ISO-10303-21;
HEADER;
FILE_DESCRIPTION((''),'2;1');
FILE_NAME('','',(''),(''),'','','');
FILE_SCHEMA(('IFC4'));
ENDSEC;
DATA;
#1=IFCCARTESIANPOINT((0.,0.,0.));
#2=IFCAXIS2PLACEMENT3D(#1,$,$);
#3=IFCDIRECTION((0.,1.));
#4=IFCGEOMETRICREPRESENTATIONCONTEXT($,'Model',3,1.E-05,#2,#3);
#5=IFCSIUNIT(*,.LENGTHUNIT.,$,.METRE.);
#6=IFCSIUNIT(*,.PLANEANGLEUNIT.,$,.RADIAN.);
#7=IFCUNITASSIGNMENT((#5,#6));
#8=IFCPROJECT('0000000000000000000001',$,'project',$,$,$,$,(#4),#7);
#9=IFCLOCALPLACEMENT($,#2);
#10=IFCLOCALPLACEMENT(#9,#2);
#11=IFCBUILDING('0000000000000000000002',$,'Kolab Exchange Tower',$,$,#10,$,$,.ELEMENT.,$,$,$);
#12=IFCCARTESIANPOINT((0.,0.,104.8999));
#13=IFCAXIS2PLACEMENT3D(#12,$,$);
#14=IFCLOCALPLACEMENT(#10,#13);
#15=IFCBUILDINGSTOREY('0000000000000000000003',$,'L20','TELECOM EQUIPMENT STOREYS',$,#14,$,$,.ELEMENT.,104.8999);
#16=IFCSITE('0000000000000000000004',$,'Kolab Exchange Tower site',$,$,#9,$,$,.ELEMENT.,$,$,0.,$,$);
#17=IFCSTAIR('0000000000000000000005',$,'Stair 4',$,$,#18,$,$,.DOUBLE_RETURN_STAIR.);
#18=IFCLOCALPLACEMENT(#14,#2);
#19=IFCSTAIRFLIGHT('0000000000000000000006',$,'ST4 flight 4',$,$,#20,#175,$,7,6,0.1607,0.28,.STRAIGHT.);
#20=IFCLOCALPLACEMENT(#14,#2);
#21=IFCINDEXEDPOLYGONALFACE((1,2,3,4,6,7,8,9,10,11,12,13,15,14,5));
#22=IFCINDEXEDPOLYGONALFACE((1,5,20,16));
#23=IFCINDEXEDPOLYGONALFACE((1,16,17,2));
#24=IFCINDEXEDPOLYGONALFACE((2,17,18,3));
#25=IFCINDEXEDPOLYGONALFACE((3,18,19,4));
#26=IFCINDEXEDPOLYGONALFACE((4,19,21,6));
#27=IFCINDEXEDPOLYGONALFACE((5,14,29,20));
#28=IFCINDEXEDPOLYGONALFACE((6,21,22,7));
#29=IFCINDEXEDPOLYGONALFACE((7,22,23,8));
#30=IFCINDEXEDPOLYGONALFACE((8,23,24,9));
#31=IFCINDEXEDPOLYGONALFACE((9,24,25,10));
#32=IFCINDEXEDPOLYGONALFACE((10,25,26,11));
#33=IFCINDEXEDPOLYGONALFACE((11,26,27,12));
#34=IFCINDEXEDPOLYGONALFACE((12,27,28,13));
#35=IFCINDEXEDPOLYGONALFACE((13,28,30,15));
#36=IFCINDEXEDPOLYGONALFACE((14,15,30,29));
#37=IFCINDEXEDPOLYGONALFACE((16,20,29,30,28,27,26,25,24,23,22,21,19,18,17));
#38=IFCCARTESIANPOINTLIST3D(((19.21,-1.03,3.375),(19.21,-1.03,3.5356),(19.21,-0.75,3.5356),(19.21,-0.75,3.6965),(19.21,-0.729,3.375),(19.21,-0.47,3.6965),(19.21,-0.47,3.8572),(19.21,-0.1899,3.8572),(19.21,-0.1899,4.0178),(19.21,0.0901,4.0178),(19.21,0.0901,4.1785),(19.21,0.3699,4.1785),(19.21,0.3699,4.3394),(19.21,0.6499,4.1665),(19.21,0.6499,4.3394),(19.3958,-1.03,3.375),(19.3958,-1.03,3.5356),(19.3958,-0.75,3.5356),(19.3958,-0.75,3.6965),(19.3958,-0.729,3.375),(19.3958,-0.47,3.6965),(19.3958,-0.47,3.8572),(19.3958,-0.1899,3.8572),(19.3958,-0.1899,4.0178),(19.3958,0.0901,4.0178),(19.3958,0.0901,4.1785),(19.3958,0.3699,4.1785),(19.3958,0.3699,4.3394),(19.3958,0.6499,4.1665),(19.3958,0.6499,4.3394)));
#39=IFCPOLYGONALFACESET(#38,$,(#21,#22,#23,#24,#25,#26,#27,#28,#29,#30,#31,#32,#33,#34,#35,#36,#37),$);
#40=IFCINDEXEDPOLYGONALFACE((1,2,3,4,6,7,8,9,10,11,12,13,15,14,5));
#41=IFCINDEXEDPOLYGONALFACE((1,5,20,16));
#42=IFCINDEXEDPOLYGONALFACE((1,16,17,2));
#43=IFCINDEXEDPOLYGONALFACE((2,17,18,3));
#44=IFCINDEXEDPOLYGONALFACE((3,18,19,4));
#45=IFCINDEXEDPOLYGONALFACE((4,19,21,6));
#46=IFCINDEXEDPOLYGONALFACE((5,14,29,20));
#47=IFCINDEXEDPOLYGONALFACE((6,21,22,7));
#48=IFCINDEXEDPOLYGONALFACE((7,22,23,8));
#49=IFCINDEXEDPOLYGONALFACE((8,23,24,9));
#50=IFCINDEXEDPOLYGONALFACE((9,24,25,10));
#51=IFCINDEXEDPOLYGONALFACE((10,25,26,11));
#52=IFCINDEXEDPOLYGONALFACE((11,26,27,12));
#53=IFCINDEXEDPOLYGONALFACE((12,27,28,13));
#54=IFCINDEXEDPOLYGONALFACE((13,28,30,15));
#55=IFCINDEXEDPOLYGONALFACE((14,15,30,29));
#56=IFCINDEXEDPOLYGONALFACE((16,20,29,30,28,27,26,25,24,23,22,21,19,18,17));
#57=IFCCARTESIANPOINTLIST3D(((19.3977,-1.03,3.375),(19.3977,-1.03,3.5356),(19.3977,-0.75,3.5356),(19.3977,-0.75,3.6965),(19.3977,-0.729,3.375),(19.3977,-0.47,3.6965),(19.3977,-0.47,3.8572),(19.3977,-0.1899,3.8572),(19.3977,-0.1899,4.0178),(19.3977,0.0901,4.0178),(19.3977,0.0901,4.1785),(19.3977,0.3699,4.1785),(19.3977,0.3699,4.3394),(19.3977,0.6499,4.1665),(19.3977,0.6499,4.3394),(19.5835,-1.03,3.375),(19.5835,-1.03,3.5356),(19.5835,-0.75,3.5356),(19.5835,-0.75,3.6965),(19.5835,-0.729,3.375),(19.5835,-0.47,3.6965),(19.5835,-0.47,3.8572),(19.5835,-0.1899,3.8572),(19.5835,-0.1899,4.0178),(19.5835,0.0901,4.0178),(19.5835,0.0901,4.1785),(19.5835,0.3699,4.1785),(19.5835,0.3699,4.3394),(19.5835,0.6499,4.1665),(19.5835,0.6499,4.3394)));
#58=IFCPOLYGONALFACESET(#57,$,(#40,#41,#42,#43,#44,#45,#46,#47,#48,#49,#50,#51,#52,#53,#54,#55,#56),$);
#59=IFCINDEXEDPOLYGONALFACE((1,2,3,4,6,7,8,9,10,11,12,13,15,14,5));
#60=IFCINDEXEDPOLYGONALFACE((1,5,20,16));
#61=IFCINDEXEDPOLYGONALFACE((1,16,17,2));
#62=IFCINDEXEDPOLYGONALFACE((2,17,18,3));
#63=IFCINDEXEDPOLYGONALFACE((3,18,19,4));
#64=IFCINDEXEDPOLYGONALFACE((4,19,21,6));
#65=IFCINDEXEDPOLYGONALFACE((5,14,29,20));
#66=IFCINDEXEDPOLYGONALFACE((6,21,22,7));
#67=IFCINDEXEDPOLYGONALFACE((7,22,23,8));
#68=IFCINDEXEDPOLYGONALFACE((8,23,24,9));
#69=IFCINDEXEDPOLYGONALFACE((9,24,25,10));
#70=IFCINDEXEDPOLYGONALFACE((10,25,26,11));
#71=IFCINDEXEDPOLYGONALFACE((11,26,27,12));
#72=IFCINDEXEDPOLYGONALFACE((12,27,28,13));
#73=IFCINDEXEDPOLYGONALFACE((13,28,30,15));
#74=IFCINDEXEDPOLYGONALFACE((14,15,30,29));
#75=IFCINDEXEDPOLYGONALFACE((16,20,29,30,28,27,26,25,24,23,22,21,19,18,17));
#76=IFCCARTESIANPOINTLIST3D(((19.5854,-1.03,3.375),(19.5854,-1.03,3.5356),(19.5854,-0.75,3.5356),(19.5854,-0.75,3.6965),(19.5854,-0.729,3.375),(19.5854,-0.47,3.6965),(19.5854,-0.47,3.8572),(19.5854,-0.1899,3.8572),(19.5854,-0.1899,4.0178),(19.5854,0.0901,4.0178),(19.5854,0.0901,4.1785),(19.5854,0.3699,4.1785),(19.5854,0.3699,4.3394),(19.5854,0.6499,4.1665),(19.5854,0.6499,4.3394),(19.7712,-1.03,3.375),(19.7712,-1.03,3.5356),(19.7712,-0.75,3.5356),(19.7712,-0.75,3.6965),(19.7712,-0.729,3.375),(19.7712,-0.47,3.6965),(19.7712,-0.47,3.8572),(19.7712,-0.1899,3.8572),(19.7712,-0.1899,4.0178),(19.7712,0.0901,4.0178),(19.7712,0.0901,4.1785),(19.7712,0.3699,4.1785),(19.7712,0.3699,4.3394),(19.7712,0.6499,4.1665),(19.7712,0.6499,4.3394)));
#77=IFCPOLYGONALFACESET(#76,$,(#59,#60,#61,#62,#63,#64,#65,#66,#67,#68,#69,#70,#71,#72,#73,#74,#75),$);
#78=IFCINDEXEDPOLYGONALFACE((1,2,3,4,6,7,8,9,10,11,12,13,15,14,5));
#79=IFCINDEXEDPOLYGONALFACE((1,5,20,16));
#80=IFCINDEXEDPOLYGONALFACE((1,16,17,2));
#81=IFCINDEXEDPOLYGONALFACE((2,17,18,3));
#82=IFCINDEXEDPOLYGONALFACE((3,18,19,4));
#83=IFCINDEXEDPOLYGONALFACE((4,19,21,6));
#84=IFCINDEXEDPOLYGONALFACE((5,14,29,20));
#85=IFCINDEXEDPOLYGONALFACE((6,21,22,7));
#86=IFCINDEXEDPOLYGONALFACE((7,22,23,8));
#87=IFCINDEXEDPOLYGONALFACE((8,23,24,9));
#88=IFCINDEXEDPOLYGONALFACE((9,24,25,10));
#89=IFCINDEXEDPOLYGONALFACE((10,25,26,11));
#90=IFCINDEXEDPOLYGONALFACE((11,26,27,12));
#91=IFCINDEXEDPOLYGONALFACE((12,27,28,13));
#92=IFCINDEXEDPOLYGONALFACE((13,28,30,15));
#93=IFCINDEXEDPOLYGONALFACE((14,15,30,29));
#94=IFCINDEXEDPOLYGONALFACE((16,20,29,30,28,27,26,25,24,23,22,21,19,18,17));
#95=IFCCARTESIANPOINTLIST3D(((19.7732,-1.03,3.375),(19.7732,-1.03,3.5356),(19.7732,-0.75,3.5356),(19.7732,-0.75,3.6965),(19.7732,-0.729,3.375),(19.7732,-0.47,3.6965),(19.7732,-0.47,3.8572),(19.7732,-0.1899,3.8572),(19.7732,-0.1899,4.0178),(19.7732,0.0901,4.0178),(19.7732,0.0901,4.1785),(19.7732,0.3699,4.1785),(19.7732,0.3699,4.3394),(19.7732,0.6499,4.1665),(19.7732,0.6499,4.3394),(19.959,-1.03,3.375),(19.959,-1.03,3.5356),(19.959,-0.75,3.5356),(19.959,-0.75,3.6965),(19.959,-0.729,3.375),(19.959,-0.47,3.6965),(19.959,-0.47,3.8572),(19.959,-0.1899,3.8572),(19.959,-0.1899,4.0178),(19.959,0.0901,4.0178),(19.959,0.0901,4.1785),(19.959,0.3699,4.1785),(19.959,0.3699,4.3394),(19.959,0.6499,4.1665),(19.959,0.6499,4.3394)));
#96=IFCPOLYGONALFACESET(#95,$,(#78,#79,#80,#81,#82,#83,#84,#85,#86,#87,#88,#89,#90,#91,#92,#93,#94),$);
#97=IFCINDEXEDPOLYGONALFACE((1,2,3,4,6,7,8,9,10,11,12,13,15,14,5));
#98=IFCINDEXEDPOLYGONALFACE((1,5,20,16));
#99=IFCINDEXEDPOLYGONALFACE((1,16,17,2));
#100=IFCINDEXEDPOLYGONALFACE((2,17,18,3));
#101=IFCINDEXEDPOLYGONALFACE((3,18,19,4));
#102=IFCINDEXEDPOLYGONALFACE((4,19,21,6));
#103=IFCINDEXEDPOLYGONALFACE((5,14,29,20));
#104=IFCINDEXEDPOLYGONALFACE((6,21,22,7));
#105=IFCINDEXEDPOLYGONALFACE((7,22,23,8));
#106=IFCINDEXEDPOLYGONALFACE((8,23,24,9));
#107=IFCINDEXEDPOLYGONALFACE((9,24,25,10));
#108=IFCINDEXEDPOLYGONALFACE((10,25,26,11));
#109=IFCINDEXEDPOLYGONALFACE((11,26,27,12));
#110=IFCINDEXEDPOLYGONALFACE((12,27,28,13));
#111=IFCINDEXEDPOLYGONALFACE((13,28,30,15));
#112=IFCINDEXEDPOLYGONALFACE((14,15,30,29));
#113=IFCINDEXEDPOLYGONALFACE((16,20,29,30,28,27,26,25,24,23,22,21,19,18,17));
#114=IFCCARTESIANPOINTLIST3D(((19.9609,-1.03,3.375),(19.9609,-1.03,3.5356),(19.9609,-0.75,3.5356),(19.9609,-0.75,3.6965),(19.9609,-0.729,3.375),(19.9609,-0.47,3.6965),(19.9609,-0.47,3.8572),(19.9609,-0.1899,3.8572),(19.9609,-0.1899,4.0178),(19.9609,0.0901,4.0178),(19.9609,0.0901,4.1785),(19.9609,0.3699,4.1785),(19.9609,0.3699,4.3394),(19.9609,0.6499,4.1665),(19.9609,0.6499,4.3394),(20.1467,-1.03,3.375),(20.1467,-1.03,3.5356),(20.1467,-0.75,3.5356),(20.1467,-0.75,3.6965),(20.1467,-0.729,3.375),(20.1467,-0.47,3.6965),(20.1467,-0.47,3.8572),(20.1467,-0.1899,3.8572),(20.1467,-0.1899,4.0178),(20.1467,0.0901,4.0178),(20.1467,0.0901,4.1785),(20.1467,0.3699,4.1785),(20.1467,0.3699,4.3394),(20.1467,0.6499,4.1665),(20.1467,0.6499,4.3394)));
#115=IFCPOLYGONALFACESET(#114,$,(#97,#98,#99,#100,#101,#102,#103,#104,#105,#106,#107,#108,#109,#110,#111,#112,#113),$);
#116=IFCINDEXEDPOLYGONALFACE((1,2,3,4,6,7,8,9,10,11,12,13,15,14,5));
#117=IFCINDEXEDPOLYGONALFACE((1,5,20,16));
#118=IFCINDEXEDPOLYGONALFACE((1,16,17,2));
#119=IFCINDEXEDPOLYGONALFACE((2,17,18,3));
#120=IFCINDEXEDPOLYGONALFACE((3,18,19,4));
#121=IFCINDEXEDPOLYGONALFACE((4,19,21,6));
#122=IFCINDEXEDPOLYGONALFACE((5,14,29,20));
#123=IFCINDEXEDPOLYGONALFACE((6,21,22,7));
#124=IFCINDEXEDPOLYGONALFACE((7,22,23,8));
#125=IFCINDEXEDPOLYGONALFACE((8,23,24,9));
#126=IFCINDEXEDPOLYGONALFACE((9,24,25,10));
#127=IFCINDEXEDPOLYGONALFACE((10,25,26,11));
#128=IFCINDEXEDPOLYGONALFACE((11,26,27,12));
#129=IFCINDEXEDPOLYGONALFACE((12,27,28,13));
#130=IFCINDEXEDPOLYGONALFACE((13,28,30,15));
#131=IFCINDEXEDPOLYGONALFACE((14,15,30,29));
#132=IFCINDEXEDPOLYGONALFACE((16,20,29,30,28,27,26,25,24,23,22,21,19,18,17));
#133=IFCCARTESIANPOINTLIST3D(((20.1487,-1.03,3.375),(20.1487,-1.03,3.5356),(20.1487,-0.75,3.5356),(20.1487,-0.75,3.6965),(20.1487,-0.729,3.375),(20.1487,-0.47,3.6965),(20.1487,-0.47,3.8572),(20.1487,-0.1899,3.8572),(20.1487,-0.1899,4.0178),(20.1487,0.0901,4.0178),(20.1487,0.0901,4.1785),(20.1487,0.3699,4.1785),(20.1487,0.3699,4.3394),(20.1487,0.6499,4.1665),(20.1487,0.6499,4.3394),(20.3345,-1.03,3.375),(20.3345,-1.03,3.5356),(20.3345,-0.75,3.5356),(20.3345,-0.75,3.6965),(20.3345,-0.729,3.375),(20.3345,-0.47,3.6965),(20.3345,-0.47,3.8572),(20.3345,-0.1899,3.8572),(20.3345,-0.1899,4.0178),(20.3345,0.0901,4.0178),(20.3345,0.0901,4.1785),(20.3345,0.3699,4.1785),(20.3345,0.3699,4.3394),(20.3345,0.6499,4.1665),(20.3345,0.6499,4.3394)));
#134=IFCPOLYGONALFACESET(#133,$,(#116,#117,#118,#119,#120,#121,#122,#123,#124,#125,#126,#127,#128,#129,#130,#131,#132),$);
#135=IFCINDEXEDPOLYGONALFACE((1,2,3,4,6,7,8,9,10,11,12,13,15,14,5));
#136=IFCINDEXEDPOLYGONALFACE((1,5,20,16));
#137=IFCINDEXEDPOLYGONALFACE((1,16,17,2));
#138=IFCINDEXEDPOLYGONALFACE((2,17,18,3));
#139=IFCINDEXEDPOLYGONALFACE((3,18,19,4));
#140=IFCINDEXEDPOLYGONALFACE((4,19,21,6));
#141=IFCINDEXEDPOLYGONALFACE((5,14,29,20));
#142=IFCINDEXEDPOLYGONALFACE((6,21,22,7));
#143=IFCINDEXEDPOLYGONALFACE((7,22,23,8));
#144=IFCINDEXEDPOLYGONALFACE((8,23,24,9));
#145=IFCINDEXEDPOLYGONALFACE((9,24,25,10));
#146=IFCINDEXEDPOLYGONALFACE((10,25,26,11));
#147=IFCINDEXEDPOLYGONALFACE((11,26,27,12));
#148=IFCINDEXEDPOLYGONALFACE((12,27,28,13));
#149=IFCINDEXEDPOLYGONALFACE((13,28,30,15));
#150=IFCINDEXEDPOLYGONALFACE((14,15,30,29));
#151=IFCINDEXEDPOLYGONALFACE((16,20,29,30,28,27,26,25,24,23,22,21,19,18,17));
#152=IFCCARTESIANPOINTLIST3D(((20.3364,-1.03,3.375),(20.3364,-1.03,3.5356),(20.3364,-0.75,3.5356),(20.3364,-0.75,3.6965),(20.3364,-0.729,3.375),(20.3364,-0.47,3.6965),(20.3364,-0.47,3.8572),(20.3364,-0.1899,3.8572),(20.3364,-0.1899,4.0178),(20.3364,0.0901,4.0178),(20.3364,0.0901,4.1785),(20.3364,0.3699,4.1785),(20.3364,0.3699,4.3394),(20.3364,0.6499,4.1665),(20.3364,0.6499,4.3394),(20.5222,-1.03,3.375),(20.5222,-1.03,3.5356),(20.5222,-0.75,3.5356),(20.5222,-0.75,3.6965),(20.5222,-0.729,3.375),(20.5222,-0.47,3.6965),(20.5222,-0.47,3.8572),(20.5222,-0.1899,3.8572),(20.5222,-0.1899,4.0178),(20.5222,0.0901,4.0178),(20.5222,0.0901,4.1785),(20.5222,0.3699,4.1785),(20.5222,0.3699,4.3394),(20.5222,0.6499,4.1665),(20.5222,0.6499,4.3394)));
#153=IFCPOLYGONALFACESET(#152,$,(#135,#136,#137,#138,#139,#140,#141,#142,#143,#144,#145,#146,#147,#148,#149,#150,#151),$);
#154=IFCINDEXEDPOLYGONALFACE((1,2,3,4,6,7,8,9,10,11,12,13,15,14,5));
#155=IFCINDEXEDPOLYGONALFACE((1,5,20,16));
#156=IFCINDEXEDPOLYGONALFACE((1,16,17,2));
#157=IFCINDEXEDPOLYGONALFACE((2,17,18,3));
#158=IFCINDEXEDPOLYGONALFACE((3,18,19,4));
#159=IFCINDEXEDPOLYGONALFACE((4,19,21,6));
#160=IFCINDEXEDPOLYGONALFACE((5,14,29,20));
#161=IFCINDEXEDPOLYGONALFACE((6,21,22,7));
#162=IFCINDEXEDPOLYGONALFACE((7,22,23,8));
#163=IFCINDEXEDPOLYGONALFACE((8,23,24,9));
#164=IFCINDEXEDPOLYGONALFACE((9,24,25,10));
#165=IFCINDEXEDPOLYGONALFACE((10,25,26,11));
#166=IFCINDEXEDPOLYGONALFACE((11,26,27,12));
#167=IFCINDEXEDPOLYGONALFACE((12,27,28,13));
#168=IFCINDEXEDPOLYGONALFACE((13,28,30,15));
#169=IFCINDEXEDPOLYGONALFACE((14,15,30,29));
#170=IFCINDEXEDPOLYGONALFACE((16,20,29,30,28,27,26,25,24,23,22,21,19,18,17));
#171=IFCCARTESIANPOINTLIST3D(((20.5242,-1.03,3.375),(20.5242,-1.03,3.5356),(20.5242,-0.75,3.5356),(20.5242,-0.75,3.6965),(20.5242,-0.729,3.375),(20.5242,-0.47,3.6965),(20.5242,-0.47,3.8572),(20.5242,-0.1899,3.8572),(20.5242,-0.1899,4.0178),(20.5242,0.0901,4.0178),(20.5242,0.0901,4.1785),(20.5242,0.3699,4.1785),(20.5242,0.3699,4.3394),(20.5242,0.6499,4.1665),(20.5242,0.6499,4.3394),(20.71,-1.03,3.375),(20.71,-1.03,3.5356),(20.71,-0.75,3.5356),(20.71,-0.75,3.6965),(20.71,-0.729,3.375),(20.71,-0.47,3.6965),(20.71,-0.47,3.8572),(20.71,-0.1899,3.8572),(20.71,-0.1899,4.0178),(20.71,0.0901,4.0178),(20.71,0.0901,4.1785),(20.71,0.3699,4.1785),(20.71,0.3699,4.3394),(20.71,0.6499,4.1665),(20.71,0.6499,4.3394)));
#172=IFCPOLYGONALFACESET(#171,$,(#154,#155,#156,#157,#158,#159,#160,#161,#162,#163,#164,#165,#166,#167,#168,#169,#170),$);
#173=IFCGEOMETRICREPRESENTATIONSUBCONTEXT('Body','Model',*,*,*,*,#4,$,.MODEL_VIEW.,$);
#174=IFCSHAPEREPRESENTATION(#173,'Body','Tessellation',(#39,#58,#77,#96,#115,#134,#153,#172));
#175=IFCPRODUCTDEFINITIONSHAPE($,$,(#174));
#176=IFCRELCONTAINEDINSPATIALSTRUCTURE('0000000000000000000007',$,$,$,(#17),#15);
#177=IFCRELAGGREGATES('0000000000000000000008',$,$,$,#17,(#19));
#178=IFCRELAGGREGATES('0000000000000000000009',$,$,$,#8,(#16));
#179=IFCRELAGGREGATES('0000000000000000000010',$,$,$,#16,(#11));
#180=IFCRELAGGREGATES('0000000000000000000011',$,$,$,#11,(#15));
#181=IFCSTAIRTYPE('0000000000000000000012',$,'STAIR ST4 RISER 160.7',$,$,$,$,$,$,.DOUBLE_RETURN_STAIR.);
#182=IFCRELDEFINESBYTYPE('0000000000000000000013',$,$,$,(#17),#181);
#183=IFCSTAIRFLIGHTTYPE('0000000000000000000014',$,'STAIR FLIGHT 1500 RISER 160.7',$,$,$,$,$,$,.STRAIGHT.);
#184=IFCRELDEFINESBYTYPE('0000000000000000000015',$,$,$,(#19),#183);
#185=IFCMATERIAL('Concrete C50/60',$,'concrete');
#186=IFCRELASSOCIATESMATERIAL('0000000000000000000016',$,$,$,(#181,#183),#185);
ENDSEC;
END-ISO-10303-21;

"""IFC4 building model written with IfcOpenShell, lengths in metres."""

from ifc_helpers import new_model, si_unit, direction, frame, origin, place, context, subcontext, project, spatial, polyline, outline, extrude, material, type_object, element, aggregate, save


model = new_model("IFC4")

# Units and contexts
model_context = context("Model", 3, precision=1e-05, world=origin(), true_north=direction((0.0, 1.0)))
body_context = subcontext(model_context, "Body", "Model", "MODEL_VIEW")
ifc_project = project(units=[si_unit("LENGTHUNIT", "METRE"), si_unit("PLANEANGLEUNIT", "RADIAN")], contexts=[model_context])

# Site, building, storey
site_placement = place(None, origin())
site = spatial("IfcSite", under=ifc_project, at=site_placement, Name="Kolab Exchange Tower site", CompositionType="ELEMENT", RefElevation=0.0)
building_placement = place(site_placement, origin())
building = spatial("IfcBuilding", under=site, at=building_placement, Name="Kolab Exchange Tower", CompositionType="ELEMENT")
storey_placement = place(building_placement, frame((0.0, 0.0, 104.8999)))
storey = spatial("IfcBuildingStorey", under=building, at=storey_placement, Name="L20", Description="TELECOM EQUIPMENT STOREYS", CompositionType="ELEMENT", Elevation=104.8999)

# Shared definitions
ifc_material_1 = material(Name="Concrete C50/60", Category="concrete")

# Stair, stair flight
stair_type = type_object("IfcStairType", Name="STAIR ST4 RISER 160.7", PredefinedType="DOUBLE_RETURN_STAIR", material=ifc_material_1)
stair_placement = place(storey_placement, origin())
stair = element("IfcStair", 1, at=stair_placement, inside=storey, type_object=stair_type, Name="Stair 4", PredefinedType="DOUBLE_RETURN_STAIR")
stair_flight_type = type_object("IfcStairFlightType", Name="STAIR FLIGHT 1500 RISER 160.7", PredefinedType="STRAIGHT", material=ifc_material_1)
stair_flight_1_placement = place(storey_placement, frame((19.96, -1.03, 3.375), z_axis=(0.0, 0.0, 1.0), x_axis=(0.0, 1.0, 0.0)))
stair_flight_1 = element("IfcStairFlight", 2, at=stair_flight_1_placement, type_object=stair_flight_type, Name="ST4 flight 4", NumberOfRisers=7, NumberOfTreads=6, PredefinedType="STRAIGHT", RiserHeight=0.1607, TreadLength=0.28, context=body_context, shape_type="SweptSolid", body=[
    extrude(outline(polyline([(0.0, 0.0), (0.0, 0.1606), (0.28, 0.1606), (0.28, 0.3215), (0.5601, 0.3215), (0.5601, 0.4822), (0.8401, 0.4822), (0.8401, 0.6428), (1.1201, 0.6428), (1.1201, 0.8035), (1.3999, 0.8035), (1.3999, 0.9644), (1.6799, 0.9644), (1.6799, 1.125), (1.6799, 0.7915), (0.301, 0.0), (0.0, 0.0)])), frame((0.0, 0.75, 0.0), z_axis=(0.0, -1.0, 0.0), x_axis=(1.0, 0.0, 0.0)), (0.0, 0.0, 1.0), 0.1858),
    extrude(outline(polyline([(0.0, 0.0), (0.0, 0.1606), (0.28, 0.1606), (0.28, 0.3215), (0.5601, 0.3215), (0.5601, 0.4822), (0.8401, 0.4822), (0.8401, 0.6428), (1.1201, 0.6428), (1.1201, 0.8035), (1.3999, 0.8035), (1.3999, 0.9644), (1.6799, 0.9644), (1.6799, 1.125), (1.6799, 0.7915), (0.301, 0.0), (0.0, 0.0)])), frame((0.0, 0.5623, 0.0), z_axis=(0.0, -1.0, 0.0), x_axis=(1.0, 0.0, 0.0)), (0.0, 0.0, 1.0), 0.1858),
    extrude(outline(polyline([(0.0, 0.0), (0.0, 0.1606), (0.28, 0.1606), (0.28, 0.3215), (0.5601, 0.3215), (0.5601, 0.4822), (0.8401, 0.4822), (0.8401, 0.6428), (1.1201, 0.6428), (1.1201, 0.8035), (1.3999, 0.8035), (1.3999, 0.9644), (1.6799, 0.9644), (1.6799, 1.125), (1.6799, 0.7915), (0.301, 0.0), (0.0, 0.0)])), frame((0.0, 0.3745, 0.0), z_axis=(0.0, -1.0, 0.0), x_axis=(1.0, 0.0, 0.0)), (0.0, 0.0, 1.0), 0.1858),
    extrude(outline(polyline([(0.0, 0.0), (0.0, 0.1606), (0.28, 0.1606), (0.28, 0.3215), (0.5601, 0.3215), (0.5601, 0.4822), (0.8401, 0.4822), (0.8401, 0.6428), (1.1201, 0.6428), (1.1201, 0.8035), (1.3999, 0.8035), (1.3999, 0.9644), (1.6799, 0.9644), (1.6799, 1.125), (1.6799, 0.7915), (0.301, 0.0), (0.0, 0.0)])), frame((0.0, 0.1868, 0.0), z_axis=(0.0, -1.0, 0.0), x_axis=(1.0, 0.0, 0.0)), (0.0, 0.0, 1.0), 0.1858),
    extrude(outline(polyline([(0.0, 0.0), (0.0, 0.1606), (0.28, 0.1606), (0.28, 0.3215), (0.5601, 0.3215), (0.5601, 0.4822), (0.8401, 0.4822), (0.8401, 0.6428), (1.1201, 0.6428), (1.1201, 0.8035), (1.3999, 0.8035), (1.3999, 0.9644), (1.6799, 0.9644), (1.6799, 1.125), (1.6799, 0.7915), (0.301, 0.0), (0.0, 0.0)])), frame((0.0, -0.001, 0.0), z_axis=(0.0, -1.0, 0.0), x_axis=(1.0, 0.0, 0.0)), (0.0, 0.0, 1.0), 0.1858),
    extrude(outline(polyline([(0.0, 0.0), (0.0, 0.1606), (0.28, 0.1606), (0.28, 0.3215), (0.5601, 0.3215), (0.5601, 0.4822), (0.8401, 0.4822), (0.8401, 0.6428), (1.1201, 0.6428), (1.1201, 0.8035), (1.3999, 0.8035), (1.3999, 0.9644), (1.6799, 0.9644), (1.6799, 1.125), (1.6799, 0.7915), (0.301, 0.0), (0.0, 0.0)])), frame((0.0, -0.1887, 0.0), z_axis=(0.0, -1.0, 0.0), x_axis=(1.0, 0.0, 0.0)), (0.0, 0.0, 1.0), 0.1858),
    extrude(outline(polyline([(0.0, 0.0), (0.0, 0.1606), (0.28, 0.1606), (0.28, 0.3215), (0.5601, 0.3215), (0.5601, 0.4822), (0.8401, 0.4822), (0.8401, 0.6428), (1.1201, 0.6428), (1.1201, 0.8035), (1.3999, 0.8035), (1.3999, 0.9644), (1.6799, 0.9644), (1.6799, 1.125), (1.6799, 0.7915), (0.301, 0.0), (0.0, 0.0)])), frame((0.0, -0.3765, 0.0), z_axis=(0.0, -1.0, 0.0), x_axis=(1.0, 0.0, 0.0)), (0.0, 0.0, 1.0), 0.1858),
    extrude(outline(polyline([(0.0, 0.0), (0.0, 0.1606), (0.28, 0.1606), (0.28, 0.3215), (0.5601, 0.3215), (0.5601, 0.4822), (0.8401, 0.4822), (0.8401, 0.6428), (1.1201, 0.6428), (1.1201, 0.8035), (1.3999, 0.8035), (1.3999, 0.9644), (1.6799, 0.9644), (1.6799, 1.125), (1.6799, 0.7915), (0.301, 0.0), (0.0, 0.0)])), frame((0.0, -0.5642, 0.0), z_axis=(0.0, -1.0, 0.0), x_axis=(1.0, 0.0, 0.0)), (0.0, 0.0, 1.0), 0.1858),
])
aggregate(stair, [stair_flight_1])

save(model, "model.ifc")
